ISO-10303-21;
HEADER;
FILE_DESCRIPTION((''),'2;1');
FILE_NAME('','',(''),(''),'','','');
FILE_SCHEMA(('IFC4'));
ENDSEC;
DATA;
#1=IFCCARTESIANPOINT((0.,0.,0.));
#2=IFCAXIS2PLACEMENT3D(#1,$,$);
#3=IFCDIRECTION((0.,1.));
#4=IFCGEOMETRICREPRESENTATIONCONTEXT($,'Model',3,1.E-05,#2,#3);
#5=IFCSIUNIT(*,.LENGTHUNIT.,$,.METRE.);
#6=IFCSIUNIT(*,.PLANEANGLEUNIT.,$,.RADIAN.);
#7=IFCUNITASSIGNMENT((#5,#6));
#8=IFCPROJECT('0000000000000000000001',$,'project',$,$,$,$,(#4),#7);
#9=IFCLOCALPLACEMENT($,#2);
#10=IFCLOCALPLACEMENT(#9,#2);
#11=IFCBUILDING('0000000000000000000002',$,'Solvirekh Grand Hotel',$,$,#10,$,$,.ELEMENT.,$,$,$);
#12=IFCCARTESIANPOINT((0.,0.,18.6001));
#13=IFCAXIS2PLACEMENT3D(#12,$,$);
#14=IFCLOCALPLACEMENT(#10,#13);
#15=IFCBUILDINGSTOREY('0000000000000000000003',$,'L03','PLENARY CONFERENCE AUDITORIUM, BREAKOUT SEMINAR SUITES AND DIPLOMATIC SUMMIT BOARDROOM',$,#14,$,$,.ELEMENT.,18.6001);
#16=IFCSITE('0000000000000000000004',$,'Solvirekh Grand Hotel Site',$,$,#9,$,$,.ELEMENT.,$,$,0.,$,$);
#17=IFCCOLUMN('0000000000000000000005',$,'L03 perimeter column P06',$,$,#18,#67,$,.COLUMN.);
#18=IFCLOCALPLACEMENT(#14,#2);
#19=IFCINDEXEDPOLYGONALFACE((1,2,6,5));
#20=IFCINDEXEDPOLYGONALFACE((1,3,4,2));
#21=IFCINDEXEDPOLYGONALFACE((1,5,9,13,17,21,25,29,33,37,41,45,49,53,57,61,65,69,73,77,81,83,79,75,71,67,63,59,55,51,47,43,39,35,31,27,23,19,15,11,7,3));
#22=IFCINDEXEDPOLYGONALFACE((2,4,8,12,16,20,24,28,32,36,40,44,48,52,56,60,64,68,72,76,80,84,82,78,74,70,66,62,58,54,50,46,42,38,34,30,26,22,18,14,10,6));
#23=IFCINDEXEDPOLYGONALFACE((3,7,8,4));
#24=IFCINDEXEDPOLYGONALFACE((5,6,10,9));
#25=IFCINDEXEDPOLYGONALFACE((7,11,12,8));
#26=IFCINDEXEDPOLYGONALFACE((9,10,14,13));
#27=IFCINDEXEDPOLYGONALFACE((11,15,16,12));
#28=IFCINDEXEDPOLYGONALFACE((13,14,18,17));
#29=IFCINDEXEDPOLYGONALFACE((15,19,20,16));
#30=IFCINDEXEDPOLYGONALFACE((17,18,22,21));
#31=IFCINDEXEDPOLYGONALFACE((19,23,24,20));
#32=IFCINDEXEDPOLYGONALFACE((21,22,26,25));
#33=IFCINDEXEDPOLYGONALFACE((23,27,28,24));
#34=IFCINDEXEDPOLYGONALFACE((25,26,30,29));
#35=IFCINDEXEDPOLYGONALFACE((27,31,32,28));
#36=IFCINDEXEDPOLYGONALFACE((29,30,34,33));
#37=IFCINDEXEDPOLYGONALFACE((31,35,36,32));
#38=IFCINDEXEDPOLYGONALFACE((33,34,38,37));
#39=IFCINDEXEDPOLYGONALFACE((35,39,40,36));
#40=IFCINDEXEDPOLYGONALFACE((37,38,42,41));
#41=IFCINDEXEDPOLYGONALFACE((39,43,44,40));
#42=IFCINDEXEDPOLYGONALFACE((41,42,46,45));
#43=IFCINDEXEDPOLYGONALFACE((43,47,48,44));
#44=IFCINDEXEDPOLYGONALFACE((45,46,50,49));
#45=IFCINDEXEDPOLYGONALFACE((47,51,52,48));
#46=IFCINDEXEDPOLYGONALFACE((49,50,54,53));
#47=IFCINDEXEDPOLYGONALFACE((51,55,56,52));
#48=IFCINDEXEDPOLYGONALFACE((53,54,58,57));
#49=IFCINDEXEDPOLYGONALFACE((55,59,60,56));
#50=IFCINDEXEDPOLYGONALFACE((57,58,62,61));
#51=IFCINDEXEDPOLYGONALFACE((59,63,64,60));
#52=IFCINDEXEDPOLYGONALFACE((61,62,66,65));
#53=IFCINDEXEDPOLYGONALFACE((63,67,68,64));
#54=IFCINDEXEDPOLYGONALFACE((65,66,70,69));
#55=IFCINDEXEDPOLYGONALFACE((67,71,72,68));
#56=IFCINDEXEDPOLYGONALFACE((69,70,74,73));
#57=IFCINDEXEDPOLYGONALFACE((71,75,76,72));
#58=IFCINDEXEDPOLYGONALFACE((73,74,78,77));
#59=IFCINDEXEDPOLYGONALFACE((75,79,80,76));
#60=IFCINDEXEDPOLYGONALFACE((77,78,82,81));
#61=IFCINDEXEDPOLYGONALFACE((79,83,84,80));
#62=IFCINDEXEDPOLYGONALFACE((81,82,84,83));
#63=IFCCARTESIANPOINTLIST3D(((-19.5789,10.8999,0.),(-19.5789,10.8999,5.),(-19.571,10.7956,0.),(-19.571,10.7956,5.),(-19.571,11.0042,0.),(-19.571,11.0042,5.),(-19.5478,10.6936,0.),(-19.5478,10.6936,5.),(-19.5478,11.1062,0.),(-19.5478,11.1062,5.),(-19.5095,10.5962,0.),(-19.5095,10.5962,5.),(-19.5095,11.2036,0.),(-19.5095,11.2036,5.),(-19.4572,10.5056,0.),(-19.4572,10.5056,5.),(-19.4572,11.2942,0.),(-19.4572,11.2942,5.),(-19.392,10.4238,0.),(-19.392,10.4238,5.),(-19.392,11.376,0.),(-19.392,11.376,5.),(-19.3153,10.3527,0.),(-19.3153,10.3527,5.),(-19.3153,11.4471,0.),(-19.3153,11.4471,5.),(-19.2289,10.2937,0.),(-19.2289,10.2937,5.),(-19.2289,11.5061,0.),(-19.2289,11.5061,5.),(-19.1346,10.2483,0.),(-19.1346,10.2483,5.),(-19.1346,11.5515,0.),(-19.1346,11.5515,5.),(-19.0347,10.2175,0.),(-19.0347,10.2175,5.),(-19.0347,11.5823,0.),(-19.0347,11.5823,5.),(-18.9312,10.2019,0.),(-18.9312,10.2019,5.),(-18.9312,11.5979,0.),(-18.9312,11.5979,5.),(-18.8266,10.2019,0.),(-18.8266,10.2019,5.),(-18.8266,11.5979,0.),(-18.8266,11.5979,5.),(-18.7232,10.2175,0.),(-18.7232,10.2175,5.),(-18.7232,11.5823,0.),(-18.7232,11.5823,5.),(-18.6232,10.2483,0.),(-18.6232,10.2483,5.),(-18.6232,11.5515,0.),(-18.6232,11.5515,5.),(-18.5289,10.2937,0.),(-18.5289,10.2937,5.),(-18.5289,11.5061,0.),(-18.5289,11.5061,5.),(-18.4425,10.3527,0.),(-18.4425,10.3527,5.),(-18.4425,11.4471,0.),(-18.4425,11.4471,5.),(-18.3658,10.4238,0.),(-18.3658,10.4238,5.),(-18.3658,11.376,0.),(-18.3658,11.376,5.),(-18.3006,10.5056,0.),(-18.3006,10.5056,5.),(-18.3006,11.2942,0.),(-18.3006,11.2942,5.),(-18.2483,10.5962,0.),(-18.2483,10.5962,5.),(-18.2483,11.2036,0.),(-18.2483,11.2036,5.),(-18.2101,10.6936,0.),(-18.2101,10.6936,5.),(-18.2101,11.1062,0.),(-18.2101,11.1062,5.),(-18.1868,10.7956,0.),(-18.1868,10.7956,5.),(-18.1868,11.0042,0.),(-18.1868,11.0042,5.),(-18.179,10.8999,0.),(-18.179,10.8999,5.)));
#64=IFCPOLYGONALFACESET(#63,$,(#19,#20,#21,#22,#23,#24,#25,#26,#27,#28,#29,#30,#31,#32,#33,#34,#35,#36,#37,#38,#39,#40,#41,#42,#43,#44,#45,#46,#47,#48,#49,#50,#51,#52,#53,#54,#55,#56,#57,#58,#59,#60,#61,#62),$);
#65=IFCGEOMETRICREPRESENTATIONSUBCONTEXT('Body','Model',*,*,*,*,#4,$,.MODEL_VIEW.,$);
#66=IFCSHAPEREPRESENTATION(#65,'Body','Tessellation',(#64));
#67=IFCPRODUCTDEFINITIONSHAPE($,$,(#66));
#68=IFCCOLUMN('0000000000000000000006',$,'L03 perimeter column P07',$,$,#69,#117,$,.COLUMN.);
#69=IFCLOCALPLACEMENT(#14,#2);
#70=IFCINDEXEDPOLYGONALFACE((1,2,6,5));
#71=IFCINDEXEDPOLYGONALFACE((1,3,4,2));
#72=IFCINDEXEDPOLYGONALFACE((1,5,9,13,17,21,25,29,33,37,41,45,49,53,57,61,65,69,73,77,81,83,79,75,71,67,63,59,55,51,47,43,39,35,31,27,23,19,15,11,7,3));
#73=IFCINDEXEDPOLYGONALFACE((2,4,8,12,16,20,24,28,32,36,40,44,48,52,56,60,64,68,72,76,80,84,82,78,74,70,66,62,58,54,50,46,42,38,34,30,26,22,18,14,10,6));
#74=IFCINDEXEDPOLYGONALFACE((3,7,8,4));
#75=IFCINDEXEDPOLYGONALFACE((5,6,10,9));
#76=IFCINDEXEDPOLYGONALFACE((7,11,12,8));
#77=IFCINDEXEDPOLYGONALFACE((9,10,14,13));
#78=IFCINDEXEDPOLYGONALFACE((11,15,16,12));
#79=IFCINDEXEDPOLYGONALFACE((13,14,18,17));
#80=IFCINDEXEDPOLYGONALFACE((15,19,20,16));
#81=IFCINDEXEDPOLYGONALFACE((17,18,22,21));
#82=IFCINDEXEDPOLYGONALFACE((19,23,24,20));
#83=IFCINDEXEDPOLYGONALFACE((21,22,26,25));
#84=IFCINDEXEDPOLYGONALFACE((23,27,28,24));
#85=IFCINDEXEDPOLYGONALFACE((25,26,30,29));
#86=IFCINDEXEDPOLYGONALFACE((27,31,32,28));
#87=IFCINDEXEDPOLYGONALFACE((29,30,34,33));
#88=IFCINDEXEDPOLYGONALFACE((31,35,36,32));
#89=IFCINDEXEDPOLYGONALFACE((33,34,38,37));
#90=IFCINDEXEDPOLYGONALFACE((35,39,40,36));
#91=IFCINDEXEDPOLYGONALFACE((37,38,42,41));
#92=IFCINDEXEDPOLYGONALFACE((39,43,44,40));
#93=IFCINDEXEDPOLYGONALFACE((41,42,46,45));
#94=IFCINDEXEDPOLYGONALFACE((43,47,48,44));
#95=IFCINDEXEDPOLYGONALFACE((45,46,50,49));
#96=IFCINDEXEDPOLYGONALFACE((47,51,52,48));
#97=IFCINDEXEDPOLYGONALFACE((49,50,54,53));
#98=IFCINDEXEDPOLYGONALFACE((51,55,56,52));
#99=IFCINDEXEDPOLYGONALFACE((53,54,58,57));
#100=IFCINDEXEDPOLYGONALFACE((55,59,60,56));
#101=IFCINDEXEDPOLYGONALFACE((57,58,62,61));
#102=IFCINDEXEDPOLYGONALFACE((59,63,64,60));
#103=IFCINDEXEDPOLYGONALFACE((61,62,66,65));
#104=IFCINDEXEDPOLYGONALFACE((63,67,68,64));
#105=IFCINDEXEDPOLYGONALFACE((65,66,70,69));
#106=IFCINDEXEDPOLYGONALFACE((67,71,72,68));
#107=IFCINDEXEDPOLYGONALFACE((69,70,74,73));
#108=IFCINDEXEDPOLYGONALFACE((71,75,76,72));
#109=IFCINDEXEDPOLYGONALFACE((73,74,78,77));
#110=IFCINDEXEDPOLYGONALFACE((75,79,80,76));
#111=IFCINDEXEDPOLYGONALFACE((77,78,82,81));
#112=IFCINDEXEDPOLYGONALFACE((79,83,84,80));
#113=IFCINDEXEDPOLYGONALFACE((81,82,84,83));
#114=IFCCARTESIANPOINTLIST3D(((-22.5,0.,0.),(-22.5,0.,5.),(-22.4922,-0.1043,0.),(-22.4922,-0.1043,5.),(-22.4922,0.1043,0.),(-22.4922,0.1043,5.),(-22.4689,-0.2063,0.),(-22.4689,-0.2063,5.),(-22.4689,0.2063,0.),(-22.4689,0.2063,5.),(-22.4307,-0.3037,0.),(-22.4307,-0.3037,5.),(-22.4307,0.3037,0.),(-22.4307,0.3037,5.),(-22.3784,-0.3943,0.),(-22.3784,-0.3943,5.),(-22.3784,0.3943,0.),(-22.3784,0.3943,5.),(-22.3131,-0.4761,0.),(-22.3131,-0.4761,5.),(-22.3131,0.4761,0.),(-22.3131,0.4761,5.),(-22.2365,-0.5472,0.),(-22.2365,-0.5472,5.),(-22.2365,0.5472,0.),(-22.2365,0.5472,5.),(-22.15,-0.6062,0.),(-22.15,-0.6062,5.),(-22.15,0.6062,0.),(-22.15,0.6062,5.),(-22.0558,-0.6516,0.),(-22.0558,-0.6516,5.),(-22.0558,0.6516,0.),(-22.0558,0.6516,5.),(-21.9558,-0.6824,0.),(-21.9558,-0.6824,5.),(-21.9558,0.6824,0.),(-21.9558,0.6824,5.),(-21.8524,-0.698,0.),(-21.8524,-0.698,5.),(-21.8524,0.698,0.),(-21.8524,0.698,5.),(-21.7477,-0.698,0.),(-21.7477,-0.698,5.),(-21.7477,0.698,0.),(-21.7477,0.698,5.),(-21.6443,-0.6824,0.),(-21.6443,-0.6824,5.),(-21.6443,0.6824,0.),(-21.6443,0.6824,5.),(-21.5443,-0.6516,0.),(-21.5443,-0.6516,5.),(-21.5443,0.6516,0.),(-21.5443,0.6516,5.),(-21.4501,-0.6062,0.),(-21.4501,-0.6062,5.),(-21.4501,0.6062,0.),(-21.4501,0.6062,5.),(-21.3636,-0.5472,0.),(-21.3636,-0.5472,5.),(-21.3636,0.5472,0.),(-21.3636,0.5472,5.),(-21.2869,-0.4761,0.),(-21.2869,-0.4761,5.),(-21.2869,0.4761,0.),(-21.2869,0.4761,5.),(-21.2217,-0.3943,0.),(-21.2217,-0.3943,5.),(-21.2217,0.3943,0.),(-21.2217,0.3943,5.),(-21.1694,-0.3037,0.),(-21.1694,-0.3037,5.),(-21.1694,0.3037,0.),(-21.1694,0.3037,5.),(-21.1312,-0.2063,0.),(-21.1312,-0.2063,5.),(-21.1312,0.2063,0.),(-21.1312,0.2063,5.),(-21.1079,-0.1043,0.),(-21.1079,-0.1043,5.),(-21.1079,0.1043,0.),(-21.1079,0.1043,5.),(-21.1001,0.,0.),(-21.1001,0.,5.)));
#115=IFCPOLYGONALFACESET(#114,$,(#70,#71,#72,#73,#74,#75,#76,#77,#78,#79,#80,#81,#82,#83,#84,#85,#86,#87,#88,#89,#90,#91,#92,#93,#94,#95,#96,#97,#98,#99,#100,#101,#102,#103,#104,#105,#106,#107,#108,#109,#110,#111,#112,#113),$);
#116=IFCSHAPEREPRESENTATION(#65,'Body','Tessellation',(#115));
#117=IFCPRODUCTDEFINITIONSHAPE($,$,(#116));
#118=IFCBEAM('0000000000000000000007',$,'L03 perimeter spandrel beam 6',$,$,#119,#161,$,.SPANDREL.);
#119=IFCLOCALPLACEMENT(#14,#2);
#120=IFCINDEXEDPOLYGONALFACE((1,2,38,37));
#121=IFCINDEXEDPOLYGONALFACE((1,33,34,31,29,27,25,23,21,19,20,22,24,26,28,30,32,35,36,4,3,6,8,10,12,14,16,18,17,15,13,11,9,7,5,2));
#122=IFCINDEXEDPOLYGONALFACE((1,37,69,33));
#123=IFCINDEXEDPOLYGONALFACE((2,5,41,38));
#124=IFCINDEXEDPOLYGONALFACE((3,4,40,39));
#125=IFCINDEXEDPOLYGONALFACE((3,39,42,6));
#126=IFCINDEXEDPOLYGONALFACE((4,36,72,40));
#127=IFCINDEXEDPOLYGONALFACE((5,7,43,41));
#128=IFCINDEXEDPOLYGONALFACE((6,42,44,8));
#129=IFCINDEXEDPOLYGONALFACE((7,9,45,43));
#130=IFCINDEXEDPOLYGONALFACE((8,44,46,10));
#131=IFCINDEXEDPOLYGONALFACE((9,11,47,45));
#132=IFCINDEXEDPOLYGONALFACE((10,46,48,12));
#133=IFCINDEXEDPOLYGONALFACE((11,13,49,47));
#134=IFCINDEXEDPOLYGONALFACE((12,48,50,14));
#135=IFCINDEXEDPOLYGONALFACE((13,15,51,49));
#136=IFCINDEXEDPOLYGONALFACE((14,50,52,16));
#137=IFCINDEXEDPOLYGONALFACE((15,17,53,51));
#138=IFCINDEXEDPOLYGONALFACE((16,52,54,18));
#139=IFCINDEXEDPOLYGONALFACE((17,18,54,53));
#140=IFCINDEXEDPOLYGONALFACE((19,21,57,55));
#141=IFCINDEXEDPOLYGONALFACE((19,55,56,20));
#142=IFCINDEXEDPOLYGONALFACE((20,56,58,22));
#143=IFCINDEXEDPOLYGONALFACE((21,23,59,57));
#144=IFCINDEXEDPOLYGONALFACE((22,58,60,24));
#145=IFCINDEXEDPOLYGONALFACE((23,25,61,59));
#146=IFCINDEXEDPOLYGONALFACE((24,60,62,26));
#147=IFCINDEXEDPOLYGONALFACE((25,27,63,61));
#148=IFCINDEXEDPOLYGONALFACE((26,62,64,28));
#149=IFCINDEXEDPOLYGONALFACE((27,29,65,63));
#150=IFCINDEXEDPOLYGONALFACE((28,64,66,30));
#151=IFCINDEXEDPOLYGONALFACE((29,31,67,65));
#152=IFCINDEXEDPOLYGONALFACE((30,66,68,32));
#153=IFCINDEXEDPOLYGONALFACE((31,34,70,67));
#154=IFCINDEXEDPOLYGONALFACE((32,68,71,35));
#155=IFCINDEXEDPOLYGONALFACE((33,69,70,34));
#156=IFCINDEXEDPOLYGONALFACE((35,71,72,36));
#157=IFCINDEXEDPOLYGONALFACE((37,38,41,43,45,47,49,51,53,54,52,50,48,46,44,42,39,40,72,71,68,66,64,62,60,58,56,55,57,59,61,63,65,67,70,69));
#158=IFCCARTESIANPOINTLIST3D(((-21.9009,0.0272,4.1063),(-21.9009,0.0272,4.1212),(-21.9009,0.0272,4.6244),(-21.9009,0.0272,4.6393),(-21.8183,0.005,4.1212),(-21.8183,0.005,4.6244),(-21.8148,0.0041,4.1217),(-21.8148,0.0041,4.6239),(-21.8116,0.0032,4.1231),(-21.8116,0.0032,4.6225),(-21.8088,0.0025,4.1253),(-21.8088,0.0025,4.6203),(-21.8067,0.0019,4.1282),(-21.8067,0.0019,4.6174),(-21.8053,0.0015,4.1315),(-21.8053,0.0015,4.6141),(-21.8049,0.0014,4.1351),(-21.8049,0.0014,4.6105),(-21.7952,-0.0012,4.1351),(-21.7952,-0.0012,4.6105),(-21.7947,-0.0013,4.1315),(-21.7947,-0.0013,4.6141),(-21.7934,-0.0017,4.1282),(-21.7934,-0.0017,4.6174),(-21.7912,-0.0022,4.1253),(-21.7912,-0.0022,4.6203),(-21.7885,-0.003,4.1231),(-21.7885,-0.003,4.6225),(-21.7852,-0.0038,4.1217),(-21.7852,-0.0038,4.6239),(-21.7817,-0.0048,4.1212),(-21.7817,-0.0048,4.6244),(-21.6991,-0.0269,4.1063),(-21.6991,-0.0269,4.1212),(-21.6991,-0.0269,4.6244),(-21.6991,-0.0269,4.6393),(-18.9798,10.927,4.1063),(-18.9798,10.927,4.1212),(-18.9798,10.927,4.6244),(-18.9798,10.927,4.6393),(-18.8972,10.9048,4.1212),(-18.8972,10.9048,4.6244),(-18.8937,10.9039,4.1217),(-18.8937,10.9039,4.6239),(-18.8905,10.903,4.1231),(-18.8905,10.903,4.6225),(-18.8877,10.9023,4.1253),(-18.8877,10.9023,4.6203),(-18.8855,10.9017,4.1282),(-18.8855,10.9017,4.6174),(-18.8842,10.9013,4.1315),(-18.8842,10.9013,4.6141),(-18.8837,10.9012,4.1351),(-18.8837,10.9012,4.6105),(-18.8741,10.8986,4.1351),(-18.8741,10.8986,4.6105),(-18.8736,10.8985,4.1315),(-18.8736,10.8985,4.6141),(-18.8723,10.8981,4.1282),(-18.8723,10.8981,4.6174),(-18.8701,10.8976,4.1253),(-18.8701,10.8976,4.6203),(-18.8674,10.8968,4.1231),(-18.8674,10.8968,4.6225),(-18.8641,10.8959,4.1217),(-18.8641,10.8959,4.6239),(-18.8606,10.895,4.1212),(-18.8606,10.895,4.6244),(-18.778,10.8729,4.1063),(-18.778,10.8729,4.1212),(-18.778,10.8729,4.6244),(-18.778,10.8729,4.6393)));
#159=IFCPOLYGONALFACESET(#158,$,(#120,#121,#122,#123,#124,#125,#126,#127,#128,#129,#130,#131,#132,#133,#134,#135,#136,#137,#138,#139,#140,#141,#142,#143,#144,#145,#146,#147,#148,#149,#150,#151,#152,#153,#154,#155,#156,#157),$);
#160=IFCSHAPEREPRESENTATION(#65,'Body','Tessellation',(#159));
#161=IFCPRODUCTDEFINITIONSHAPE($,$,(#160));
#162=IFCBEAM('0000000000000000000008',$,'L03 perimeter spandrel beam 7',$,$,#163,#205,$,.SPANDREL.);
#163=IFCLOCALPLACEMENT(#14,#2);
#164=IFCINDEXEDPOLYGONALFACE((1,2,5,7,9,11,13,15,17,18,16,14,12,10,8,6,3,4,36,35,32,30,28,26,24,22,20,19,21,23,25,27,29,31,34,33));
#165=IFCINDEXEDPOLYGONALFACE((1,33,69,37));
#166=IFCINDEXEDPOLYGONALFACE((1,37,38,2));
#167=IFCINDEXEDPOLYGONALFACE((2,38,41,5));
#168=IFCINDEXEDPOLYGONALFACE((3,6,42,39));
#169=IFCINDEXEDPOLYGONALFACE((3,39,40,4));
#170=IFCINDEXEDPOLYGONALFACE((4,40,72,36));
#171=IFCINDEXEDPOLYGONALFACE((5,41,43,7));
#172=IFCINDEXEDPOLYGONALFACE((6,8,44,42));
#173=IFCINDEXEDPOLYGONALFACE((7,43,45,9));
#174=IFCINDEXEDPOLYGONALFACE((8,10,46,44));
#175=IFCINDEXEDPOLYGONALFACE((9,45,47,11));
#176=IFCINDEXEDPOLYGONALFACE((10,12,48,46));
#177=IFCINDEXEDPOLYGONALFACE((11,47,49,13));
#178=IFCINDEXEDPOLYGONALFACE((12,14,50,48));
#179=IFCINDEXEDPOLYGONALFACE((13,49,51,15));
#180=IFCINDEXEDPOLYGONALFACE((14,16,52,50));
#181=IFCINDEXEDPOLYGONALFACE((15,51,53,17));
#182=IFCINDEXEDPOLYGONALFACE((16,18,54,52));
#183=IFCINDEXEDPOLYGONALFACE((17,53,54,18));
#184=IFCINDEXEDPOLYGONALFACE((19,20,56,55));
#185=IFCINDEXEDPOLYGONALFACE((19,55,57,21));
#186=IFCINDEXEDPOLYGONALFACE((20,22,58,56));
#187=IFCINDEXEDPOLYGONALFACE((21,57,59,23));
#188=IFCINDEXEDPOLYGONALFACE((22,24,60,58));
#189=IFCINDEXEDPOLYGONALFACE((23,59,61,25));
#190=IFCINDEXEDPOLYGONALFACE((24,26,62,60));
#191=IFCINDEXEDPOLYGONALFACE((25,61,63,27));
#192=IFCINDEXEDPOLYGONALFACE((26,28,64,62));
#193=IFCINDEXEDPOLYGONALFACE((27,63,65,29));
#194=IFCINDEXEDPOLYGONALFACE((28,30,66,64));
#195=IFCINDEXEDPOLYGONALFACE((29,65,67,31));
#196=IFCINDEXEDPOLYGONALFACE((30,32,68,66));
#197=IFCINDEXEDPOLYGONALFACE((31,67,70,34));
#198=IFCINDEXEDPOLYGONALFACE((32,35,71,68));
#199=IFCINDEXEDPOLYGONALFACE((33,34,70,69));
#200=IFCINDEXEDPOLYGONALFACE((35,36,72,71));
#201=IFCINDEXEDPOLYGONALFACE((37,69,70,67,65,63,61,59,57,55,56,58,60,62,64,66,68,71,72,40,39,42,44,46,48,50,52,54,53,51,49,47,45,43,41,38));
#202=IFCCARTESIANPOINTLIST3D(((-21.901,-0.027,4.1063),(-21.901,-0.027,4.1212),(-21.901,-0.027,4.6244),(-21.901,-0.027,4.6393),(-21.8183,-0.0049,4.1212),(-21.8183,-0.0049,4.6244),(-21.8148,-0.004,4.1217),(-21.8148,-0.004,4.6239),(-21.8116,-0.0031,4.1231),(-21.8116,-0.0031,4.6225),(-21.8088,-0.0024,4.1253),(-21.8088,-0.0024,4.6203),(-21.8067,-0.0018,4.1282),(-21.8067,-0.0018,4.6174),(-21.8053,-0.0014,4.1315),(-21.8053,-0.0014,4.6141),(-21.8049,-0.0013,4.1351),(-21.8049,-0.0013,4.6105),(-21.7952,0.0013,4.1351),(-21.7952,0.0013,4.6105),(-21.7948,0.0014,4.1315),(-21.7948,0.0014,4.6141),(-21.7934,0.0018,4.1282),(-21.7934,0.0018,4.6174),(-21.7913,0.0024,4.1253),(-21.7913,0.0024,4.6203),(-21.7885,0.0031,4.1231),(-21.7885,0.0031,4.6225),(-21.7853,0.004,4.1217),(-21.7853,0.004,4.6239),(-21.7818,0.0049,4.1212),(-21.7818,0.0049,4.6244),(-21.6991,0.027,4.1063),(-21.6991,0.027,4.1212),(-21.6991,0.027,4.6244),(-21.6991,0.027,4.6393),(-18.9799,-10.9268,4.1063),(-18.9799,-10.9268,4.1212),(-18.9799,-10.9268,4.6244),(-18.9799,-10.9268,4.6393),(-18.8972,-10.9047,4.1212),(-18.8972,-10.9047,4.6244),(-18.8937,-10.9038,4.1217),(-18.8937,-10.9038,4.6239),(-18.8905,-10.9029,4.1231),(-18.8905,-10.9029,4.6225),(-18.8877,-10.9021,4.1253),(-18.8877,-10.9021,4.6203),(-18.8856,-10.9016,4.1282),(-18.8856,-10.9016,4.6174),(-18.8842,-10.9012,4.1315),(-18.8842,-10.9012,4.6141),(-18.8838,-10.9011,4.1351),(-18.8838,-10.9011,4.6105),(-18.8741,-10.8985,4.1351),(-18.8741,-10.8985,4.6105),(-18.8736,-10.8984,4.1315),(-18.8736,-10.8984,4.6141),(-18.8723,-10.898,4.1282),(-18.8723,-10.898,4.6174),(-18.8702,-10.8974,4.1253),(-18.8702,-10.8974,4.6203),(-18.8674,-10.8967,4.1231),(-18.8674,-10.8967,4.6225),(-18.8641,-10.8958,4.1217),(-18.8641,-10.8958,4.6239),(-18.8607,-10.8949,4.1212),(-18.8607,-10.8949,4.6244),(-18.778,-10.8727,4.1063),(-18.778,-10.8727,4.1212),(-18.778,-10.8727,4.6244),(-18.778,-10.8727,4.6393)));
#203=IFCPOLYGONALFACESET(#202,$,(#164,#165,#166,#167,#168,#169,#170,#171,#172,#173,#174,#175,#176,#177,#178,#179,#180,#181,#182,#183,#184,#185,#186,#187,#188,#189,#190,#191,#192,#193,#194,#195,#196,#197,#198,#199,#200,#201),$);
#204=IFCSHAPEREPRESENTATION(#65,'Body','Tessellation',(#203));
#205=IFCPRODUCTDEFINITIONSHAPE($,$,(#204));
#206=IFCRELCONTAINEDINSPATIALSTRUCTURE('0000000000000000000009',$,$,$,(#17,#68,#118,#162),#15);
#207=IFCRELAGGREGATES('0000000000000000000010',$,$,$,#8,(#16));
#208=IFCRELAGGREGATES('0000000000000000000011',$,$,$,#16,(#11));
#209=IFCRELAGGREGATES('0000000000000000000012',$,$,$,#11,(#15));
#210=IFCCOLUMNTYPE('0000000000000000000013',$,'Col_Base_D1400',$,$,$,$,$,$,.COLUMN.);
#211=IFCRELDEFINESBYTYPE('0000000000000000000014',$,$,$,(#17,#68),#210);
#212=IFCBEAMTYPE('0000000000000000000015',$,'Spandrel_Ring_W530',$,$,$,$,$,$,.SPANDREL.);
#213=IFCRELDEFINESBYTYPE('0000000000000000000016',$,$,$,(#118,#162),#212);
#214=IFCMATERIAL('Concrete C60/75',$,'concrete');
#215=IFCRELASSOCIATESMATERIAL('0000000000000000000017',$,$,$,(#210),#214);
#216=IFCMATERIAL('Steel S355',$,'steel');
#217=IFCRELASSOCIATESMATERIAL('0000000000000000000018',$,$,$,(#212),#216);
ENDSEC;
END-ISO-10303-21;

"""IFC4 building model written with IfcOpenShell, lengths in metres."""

from ifc_helpers import new_model, si_unit, direction, frame, origin, origin_2d, place, context, subcontext, project, spatial, circle, i_section, extrude, material, material_profile, profile_set, type_object, element, save


model = new_model("IFC4")

# Units and contexts
model_context = context("Model", 3, precision=1e-05, world=origin(), true_north=direction((0.0, 1.0)))
body_context = subcontext(model_context, "Body", "Model", "MODEL_VIEW")
ifc_project = project(units=[si_unit("LENGTHUNIT", "METRE"), si_unit("PLANEANGLEUNIT", "RADIAN")], contexts=[model_context])

# Site, building, storey
site_placement = place(None, origin())
site = spatial("IfcSite", under=ifc_project, at=site_placement, Name="Solvirekh Grand Hotel Site", CompositionType="ELEMENT", RefElevation=0.0)
building_placement = place(site_placement, origin())
building = spatial("IfcBuilding", under=site, at=building_placement, Name="Solvirekh Grand Hotel", CompositionType="ELEMENT")
storey_placement = place(building_placement, frame((0.0, 0.0, 18.6001)))
storey = spatial("IfcBuildingStorey", under=building, at=storey_placement, Name="L03", Description="PLENARY CONFERENCE AUDITORIUM, BREAKOUT SEMINAR SUITES AND DIPLOMATIC SUMMIT BOARDROOM", CompositionType="ELEMENT", Elevation=18.6001)

# Columns
ifc_material_1 = material(Name="Concrete C60/75", Category="concrete")
ifc_material_profile_1 = material_profile(ifc_material_1, circle(Radius=0.7, at=origin_2d()), Name="RC CIRC D1400")
ifc_profile_set_1 = profile_set([ifc_material_profile_1], Name="Concrete C60/75")
column_type = type_object("IfcColumnType", Name="Col_Base_D1400", PredefinedType="COLUMN", material=ifc_profile_set_1)
for number, where, z_axis, x_axis, name in (
    (1, (-18.8789, 10.8999, 0.0), (0.0, 0.0, 1.0), (1.0, 0.0, 0.0), "L03 perimeter column P06"),
    (2, (-21.8, 0.0, 0.0), (0.0, 0.0, 1.0), (1.0, 0.0, 0.0), "L03 perimeter column P07"),
):
    element("IfcColumn", number, at=place(storey_placement, frame(where, z_axis=z_axis, x_axis=x_axis)), inside=storey, type_object=column_type, Name=name, PredefinedType="COLUMN", context=body_context, shape_type="SweptSolid", body=[
        extrude(circle(Radius=0.7, at=origin_2d()), origin(), (0.0, 0.0, 1.0), 5.0),
    ])

# Beams
ifc_material_2 = material(Name="Steel S355", Category="steel")
ifc_material_profile_2 = material_profile(ifc_material_2, i_section(OverallWidth=0.209, OverallDepth=0.533, WebThickness=0.01, FlangeThickness=0.0149, FilletRadius=0.0139, at=origin_2d()), Name="W530X92")
ifc_profile_set_2 = profile_set([ifc_material_profile_2], Name="Steel S355")
beam_type = type_object("IfcBeamType", Name="Spandrel_Ring_W530", PredefinedType="SPANDREL", material=ifc_profile_set_2)
for number, where, z_axis, x_axis, name in (
    (3, (-18.8789, 10.8999, 4.3728), (-0.258862, -0.965914, 0.0), (0.965914, -0.258862, 0.0), "L03 perimeter spandrel beam 6"),
    (4, (-21.8, 0.0, 4.3728), (0.258862, -0.965914, 0.0), (0.965914, 0.258862, 0.0), "L03 perimeter spandrel beam 7"),
):
    element("IfcBeam", number, at=place(storey_placement, frame(where, z_axis=z_axis, x_axis=x_axis)), inside=storey, type_object=beam_type, Name=name, PredefinedType="SPANDREL", context=body_context, shape_type="SweptSolid", body=[
        extrude(i_section(OverallWidth=0.209, OverallDepth=0.533, WebThickness=0.01, FlangeThickness=0.0149, FilletRadius=0.0139, at=origin_2d()), origin(), (0.0, 0.0, 1.0), 11.2844),
    ])

save(model, "model.ifc")
